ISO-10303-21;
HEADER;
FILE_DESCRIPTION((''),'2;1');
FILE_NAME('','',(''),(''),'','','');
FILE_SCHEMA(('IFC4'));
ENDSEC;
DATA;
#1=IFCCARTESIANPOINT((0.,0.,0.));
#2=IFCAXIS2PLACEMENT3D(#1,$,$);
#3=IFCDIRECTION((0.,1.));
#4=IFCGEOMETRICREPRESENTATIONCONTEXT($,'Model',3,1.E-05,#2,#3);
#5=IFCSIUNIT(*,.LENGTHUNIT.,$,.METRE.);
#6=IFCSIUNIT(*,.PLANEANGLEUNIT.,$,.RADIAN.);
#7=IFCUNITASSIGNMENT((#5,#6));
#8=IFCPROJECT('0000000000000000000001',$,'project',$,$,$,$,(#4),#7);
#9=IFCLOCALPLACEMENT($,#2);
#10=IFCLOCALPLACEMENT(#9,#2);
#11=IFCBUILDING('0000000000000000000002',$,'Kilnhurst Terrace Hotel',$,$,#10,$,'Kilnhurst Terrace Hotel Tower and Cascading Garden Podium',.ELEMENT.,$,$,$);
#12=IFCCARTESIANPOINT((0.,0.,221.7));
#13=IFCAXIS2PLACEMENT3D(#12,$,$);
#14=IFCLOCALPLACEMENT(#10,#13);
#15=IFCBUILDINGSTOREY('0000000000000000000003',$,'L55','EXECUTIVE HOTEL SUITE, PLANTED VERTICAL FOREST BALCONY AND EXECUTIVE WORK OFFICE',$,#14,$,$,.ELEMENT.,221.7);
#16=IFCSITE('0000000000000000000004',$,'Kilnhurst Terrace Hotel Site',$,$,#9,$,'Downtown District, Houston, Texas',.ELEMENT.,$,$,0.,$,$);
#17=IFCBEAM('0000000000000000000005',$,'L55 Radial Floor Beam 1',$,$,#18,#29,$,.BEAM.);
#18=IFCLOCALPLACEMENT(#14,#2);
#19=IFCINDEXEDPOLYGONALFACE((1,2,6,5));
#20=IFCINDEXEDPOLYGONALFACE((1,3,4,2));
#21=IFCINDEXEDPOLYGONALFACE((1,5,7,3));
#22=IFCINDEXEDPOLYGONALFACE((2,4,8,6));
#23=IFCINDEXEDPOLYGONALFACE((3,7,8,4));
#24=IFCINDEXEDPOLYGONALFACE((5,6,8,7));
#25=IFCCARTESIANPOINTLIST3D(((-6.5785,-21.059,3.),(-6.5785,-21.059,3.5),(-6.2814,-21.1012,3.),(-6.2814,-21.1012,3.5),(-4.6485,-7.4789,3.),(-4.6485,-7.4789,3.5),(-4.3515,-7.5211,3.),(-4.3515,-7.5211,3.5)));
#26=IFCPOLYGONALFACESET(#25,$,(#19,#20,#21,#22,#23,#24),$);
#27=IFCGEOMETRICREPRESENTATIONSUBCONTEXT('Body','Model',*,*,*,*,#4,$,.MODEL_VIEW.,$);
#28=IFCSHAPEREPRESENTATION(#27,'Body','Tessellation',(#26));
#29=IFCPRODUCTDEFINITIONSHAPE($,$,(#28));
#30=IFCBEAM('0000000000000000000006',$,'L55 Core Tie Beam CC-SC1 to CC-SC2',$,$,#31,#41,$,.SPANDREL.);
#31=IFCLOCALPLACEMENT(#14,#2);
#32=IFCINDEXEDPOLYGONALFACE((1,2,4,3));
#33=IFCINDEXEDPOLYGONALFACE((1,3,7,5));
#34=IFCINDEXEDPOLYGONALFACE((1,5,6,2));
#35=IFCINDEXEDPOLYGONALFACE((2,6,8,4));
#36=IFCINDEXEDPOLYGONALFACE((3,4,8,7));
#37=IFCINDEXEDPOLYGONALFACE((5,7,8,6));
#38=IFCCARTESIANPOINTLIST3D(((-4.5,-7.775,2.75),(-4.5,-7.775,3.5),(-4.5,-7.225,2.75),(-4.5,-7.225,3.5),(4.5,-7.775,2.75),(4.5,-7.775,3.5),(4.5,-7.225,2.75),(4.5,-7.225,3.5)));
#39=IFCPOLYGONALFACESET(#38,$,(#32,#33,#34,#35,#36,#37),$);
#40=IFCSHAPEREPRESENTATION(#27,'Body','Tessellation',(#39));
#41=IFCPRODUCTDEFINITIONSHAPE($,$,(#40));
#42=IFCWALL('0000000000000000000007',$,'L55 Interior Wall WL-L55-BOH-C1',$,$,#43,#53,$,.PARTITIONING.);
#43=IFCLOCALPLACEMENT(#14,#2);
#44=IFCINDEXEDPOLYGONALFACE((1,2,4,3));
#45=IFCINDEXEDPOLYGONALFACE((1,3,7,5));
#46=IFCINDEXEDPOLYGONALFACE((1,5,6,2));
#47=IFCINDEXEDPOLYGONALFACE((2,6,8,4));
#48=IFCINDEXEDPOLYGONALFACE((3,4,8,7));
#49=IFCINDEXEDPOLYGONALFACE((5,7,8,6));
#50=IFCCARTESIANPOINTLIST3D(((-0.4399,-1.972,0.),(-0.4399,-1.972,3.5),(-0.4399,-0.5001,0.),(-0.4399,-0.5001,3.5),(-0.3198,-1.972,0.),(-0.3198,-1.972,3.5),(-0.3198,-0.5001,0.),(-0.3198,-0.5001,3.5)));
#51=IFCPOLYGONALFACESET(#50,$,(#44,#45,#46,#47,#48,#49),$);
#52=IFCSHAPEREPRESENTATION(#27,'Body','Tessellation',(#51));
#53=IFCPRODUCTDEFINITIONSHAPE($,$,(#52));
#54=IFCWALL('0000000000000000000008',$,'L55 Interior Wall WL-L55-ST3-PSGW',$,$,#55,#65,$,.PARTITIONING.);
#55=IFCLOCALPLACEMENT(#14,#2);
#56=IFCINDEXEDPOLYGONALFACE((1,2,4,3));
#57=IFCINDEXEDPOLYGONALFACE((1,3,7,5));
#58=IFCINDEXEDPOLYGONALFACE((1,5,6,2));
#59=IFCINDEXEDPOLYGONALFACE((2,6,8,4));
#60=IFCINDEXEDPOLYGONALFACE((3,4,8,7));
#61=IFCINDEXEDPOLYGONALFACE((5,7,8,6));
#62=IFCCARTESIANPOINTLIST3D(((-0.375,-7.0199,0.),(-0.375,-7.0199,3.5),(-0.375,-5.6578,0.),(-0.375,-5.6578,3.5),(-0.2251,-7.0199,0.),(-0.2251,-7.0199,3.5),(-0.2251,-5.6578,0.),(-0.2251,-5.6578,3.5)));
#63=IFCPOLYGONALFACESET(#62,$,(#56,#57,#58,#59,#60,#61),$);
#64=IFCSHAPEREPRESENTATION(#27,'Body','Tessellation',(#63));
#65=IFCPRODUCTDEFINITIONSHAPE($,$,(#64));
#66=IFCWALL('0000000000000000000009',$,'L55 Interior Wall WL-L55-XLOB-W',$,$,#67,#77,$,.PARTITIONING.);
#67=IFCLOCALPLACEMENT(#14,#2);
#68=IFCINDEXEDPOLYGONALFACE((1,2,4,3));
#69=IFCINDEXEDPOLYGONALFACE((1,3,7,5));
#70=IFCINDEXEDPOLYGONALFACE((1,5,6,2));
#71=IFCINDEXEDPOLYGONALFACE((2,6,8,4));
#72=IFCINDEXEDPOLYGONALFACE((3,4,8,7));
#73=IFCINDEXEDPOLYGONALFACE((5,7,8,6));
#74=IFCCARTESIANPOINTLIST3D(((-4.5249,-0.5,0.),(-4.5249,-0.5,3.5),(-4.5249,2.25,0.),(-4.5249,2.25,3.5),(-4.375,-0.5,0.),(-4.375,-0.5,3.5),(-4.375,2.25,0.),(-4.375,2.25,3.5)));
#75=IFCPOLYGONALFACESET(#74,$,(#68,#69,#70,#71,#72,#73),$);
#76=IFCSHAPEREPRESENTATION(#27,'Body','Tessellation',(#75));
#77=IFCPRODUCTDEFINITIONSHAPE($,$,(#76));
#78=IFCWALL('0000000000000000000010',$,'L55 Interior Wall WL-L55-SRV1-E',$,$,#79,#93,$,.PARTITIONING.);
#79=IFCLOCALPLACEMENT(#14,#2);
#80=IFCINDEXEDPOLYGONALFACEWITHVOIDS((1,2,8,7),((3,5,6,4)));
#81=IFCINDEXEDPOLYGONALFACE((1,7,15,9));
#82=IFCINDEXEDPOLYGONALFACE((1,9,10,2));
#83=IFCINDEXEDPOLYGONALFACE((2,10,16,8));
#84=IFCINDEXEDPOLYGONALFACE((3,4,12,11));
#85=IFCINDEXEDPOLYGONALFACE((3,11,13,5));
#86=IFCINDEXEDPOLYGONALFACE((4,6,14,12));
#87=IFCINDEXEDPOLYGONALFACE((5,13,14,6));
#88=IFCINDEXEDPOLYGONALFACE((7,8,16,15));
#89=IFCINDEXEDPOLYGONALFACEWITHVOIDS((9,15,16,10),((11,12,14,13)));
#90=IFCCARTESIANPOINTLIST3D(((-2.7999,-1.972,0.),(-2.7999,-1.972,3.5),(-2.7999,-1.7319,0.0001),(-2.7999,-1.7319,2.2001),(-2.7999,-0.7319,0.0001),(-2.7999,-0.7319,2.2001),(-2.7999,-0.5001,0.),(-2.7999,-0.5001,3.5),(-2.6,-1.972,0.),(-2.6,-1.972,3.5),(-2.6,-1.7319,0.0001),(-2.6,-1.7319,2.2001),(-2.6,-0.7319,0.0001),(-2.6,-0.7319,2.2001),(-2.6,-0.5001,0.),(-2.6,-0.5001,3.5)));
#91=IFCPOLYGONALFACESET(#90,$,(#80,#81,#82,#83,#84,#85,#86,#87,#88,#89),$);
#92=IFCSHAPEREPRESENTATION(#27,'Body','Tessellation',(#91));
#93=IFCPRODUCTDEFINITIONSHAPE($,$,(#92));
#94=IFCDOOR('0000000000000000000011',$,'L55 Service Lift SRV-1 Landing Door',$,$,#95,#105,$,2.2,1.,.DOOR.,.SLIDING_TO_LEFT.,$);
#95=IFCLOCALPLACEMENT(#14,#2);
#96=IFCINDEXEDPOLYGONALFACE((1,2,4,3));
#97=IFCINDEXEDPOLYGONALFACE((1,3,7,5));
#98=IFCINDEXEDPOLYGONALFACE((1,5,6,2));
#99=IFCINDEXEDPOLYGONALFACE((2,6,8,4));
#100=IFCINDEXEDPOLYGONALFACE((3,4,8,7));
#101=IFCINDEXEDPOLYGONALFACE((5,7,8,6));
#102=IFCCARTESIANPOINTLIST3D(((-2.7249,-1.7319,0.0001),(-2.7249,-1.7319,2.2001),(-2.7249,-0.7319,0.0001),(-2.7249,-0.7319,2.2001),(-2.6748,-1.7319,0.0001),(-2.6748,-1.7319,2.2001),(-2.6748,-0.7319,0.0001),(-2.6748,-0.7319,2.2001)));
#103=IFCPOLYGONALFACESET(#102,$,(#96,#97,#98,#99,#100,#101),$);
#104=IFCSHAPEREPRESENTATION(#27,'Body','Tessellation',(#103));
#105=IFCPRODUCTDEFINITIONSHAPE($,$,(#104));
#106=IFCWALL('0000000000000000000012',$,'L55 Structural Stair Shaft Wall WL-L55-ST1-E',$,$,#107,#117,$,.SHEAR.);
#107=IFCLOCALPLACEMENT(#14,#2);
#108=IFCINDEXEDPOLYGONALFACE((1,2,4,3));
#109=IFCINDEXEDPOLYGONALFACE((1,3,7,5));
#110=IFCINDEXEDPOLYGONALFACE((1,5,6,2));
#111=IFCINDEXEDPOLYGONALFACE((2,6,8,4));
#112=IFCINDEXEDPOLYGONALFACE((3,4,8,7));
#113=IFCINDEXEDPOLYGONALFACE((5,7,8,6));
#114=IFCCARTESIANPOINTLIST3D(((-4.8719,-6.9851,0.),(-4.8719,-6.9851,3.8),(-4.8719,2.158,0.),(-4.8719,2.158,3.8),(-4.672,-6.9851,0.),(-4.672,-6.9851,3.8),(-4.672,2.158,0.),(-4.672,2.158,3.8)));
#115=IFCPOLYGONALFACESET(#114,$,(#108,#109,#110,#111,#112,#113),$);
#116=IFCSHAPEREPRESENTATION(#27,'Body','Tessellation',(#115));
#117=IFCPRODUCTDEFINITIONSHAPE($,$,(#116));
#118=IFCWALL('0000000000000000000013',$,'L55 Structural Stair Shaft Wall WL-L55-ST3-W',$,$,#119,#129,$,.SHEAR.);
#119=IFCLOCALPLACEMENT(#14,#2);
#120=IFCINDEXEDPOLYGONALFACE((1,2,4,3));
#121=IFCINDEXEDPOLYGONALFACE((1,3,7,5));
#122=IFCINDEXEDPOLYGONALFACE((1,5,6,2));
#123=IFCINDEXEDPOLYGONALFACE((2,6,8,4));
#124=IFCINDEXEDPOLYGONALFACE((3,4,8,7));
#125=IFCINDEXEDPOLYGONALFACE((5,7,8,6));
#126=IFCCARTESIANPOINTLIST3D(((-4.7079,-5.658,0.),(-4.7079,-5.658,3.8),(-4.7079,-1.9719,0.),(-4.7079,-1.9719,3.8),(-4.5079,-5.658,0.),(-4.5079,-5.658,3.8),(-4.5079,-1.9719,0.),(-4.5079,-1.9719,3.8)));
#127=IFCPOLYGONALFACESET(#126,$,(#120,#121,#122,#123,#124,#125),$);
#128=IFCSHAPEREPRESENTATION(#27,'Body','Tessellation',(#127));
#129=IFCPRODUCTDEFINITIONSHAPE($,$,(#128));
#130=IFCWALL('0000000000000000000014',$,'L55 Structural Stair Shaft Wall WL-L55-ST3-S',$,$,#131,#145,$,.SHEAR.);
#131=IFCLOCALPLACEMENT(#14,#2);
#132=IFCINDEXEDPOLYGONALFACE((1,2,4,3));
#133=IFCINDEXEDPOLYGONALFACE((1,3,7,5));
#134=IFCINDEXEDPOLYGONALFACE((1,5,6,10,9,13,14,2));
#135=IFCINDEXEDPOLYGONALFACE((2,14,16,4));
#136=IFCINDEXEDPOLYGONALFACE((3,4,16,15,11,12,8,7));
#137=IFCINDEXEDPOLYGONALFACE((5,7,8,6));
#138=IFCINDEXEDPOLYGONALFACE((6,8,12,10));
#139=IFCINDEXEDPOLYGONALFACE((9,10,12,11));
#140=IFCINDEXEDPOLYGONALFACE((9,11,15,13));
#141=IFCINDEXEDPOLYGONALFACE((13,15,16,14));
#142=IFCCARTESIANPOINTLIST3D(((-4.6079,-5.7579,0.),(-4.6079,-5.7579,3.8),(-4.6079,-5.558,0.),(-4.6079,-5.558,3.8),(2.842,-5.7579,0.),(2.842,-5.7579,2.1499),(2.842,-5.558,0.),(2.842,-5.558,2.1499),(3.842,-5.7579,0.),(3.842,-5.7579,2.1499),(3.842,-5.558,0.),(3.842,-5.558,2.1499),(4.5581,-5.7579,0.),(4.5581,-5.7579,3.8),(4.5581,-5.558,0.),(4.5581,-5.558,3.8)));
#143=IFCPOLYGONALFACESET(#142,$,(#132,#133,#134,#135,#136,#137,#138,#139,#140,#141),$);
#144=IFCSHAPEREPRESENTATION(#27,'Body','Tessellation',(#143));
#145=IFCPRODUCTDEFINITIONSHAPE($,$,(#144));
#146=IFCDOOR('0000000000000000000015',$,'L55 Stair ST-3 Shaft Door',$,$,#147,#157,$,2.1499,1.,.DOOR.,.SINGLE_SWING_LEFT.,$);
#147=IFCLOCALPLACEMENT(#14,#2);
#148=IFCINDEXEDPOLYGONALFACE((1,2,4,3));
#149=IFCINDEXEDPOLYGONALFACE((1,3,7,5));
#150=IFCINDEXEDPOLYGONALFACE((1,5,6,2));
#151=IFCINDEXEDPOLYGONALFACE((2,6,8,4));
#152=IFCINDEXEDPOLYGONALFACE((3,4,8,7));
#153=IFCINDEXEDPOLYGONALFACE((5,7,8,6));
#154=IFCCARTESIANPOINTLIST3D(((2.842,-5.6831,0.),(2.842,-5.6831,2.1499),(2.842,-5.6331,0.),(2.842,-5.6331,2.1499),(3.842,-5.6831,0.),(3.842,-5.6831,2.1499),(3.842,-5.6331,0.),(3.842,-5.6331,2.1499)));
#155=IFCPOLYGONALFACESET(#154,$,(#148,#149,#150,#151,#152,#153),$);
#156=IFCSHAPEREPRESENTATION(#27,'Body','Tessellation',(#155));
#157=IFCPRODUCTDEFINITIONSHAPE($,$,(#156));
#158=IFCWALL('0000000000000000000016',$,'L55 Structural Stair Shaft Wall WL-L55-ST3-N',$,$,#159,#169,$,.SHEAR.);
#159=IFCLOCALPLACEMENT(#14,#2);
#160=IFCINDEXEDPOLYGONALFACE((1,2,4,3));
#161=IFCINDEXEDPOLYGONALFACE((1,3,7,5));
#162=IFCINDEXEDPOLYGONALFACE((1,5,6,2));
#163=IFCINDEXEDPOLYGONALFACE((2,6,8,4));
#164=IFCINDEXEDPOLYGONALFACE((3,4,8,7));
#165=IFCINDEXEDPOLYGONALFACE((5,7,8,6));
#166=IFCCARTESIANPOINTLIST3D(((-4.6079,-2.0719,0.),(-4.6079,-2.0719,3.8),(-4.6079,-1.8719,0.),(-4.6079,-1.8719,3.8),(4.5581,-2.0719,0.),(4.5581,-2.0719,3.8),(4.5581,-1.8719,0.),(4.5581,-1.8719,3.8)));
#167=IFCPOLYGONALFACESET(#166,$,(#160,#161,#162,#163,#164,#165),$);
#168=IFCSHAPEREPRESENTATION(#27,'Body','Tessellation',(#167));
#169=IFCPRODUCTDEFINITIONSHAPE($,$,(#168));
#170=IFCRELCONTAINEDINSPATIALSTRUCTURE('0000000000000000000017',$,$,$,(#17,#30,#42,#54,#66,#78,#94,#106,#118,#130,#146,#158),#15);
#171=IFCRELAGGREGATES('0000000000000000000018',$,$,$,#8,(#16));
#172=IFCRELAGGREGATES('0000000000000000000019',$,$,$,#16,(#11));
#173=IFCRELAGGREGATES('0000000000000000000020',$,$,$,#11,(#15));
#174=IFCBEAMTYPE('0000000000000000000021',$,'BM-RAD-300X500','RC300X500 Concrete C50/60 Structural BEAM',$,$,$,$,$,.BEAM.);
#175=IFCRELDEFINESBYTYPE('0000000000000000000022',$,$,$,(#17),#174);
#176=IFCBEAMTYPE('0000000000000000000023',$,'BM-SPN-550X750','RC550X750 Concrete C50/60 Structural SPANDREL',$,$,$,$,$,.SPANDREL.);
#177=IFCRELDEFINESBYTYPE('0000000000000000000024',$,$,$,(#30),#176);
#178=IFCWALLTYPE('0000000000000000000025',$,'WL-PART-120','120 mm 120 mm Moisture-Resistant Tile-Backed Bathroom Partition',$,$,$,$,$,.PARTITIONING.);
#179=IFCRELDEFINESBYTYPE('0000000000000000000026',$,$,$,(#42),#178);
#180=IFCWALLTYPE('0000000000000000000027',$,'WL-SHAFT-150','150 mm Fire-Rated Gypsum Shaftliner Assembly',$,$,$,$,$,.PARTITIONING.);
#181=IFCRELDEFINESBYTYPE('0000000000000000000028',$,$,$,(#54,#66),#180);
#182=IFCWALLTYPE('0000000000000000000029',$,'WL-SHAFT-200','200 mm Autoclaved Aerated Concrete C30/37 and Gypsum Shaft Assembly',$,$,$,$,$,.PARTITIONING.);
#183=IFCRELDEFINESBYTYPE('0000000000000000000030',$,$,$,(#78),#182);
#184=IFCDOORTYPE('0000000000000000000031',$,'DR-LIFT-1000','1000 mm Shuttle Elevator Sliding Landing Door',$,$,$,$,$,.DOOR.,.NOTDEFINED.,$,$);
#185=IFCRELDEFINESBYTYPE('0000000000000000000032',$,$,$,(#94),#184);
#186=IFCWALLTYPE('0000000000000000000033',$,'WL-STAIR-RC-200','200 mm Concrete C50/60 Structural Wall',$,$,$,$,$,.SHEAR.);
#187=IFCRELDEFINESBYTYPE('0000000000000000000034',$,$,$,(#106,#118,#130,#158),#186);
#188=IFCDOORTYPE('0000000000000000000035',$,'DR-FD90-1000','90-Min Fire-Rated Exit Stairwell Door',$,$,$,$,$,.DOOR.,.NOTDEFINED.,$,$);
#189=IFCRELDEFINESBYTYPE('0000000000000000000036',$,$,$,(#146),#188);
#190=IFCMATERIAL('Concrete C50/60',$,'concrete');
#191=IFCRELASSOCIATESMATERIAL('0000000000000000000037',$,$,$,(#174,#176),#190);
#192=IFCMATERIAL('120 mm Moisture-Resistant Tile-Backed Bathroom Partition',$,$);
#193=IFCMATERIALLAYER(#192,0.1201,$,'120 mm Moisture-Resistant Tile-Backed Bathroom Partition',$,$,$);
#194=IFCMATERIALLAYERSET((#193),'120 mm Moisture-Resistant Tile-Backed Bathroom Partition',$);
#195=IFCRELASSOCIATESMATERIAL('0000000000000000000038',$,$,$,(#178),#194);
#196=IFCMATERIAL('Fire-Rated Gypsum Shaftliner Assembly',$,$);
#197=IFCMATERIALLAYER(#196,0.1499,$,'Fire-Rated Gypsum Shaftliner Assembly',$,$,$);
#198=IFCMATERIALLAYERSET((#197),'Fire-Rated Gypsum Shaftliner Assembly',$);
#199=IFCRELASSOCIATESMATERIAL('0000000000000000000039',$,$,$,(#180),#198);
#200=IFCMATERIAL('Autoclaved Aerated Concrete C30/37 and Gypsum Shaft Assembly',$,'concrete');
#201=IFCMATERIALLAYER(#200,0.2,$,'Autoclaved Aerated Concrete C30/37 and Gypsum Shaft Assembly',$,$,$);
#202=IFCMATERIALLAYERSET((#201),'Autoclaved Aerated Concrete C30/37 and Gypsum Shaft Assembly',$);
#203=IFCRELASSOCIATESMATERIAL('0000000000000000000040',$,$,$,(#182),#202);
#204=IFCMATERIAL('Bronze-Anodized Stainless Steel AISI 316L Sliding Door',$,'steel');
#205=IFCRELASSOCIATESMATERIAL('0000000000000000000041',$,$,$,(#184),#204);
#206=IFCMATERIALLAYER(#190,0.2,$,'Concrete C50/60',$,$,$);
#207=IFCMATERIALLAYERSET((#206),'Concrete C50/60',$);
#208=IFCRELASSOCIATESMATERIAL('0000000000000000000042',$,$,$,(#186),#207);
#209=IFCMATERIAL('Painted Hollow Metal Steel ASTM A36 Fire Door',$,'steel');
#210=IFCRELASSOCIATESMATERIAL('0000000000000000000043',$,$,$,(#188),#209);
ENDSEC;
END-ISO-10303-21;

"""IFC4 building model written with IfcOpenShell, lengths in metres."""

from ifc_helpers import new_model, si_unit, direction, frame, frame_2d, origin, origin_2d, place, context, subcontext, project, spatial, rectangle, extrude, material, layer, layer_set, material_profile, profile_set, type_object, element, fill, save


model = new_model("IFC4")

# Units and contexts
model_context = context("Model", 3, precision=1e-05, world=origin(), true_north=direction((0.0, 1.0)))
body_context = subcontext(model_context, "Body", "Model", "MODEL_VIEW")
ifc_project = project(units=[si_unit("LENGTHUNIT", "METRE"), si_unit("PLANEANGLEUNIT", "RADIAN")], contexts=[model_context])

# Site, building, storey
site_placement = place(None, origin())
site = spatial("IfcSite", under=ifc_project, at=site_placement, Name="Kilnhurst Terrace Hotel Site", LongName="Downtown District, Houston, Texas", CompositionType="ELEMENT", RefElevation=0.0)
building_placement = place(site_placement, origin())
building = spatial("IfcBuilding", under=site, at=building_placement, Name="Kilnhurst Terrace Hotel", LongName="Kilnhurst Terrace Hotel Tower and Cascading Garden Podium", CompositionType="ELEMENT")
storey_placement = place(building_placement, frame((0.0, 0.0, 221.7)))
storey = spatial("IfcBuildingStorey", under=building, at=storey_placement, Name="L55", Description="EXECUTIVE HOTEL SUITE, PLANTED VERTICAL FOREST BALCONY AND EXECUTIVE WORK OFFICE", CompositionType="ELEMENT", Elevation=221.7)

# Beams
ifc_material_1 = material(Name="Concrete C50/60", Category="concrete")
ifc_material_profile_1 = material_profile(ifc_material_1, rectangle(XDim=0.3, YDim=0.5, at=origin_2d()), Name="RC300X500")
ifc_profile_set_1 = profile_set([ifc_material_profile_1], Name="Concrete C50/60")
beam_type_1 = type_object("IfcBeamType", Name="BM-RAD-300X500", Description="RC300X500 Concrete C50/60 Structural BEAM", PredefinedType="BEAM", material=ifc_profile_set_1)
beam_1_placement = place(storey_placement, frame((-4.5, -7.5, 3.25), z_axis=(-0.140701, -0.990052, 0.0), x_axis=(0.990052, -0.140701, 0.0)))
element("IfcBeam", 1, at=beam_1_placement, inside=storey, type_object=beam_type_1, Name="L55 Radial Floor Beam 1", PredefinedType="BEAM", context=body_context, shape_type="SweptSolid", body=[
    extrude(rectangle(XDim=0.3, YDim=0.5, at=origin_2d()), origin(), (0.0, 0.0, 1.0), 13.7166),
])
ifc_material_profile_2 = material_profile(ifc_material_1, rectangle(XDim=0.55, YDim=0.75, at=origin_2d()), Name="RC550X750")
ifc_profile_set_2 = profile_set([ifc_material_profile_2], Name="Concrete C50/60")
beam_type_2 = type_object("IfcBeamType", Name="BM-SPN-550X750", Description="RC550X750 Concrete C50/60 Structural SPANDREL", PredefinedType="SPANDREL", material=ifc_profile_set_2)
beam_2_placement = place(storey_placement, frame((-4.5, -7.5, 3.125), z_axis=(1.0, 0.0, 0.0), x_axis=(0.0, 1.0, 0.0)))
element("IfcBeam", 2, at=beam_2_placement, inside=storey, type_object=beam_type_2, Name="L55 Core Tie Beam CC-SC1 to CC-SC2", PredefinedType="SPANDREL", context=body_context, shape_type="SweptSolid", body=[
    extrude(rectangle(XDim=0.55, YDim=0.75, at=origin_2d()), origin(), (0.0, 0.0, 1.0), 9.0),
])

# Walls
ifc_material_2 = material(Name="120 mm Moisture-Resistant Tile-Backed Bathroom Partition")
ifc_layer_1 = layer(ifc_material_2, 0.1201, Name="120 mm Moisture-Resistant Tile-Backed Bathroom Partition")
ifc_layer_set_1 = layer_set([ifc_layer_1], Name="120 mm Moisture-Resistant Tile-Backed Bathroom Partition")
wall_type_1 = type_object("IfcWallType", Name="WL-PART-120", Description="120 mm 120 mm Moisture-Resistant Tile-Backed Bathroom Partition", PredefinedType="PARTITIONING", material=ifc_layer_set_1)
wall_1_placement = place(storey_placement, frame((-0.3799, -1.9719, 0.0), z_axis=(0.0, 0.0, 1.0), x_axis=(0.0, 1.0, 0.0)))
element("IfcWall", 3, at=wall_1_placement, inside=storey, type_object=wall_type_1, Name="L55 Interior Wall WL-L55-BOH-C1", PredefinedType="PARTITIONING", context=body_context, shape_type="SweptSolid", body=[
    extrude(rectangle(XDim=1.4719, YDim=0.1201, at=frame_2d((0.7358, 0.0))), origin(), (0.0, 0.0, 1.0), 3.5),
])
ifc_material_3 = material(Name="Fire-Rated Gypsum Shaftliner Assembly")
ifc_layer_2 = layer(ifc_material_3, 0.1499, Name="Fire-Rated Gypsum Shaftliner Assembly")
ifc_layer_set_2 = layer_set([ifc_layer_2], Name="Fire-Rated Gypsum Shaftliner Assembly")
wall_type_2 = type_object("IfcWallType", Name="WL-SHAFT-150", Description="150 mm Fire-Rated Gypsum Shaftliner Assembly", PredefinedType="PARTITIONING", material=ifc_layer_set_2)
wall_2_placement = place(storey_placement, frame((-0.3, -7.02, 0.0), z_axis=(0.0, 0.0, 1.0), x_axis=(0.0, 1.0, 0.0)))
element("IfcWall", 4, at=wall_2_placement, inside=storey, type_object=wall_type_2, Name="L55 Interior Wall WL-L55-ST3-PSGW", PredefinedType="PARTITIONING", context=body_context, shape_type="SweptSolid", body=[
    extrude(rectangle(XDim=1.3621, YDim=0.1499, at=frame_2d((0.6812, 0.0))), origin(), (0.0, 0.0, 1.0), 3.5),
])
wall_3_placement = place(storey_placement, frame((-4.45, -0.5, 0.0), z_axis=(0.0, 0.0, 1.0), x_axis=(0.0, 1.0, 0.0)))
element("IfcWall", 5, at=wall_3_placement, inside=storey, type_object=wall_type_2, Name="L55 Interior Wall WL-L55-XLOB-W", PredefinedType="PARTITIONING", context=body_context, shape_type="SweptSolid", body=[
    extrude(rectangle(XDim=2.75, YDim=0.1499, at=frame_2d((1.375, 0.0))), origin(), (0.0, 0.0, 1.0), 3.5),
])

# Wall, opening, door
ifc_material_4 = material(Name="Autoclaved Aerated Concrete C30/37 and Gypsum Shaft Assembly", Category="concrete")
ifc_layer_3 = layer(ifc_material_4, 0.2, Name="Autoclaved Aerated Concrete C30/37 and Gypsum Shaft Assembly")
ifc_layer_set_3 = layer_set([ifc_layer_3], Name="Autoclaved Aerated Concrete C30/37 and Gypsum Shaft Assembly")
wall_type_3 = type_object("IfcWallType", Name="WL-SHAFT-200", Description="200 mm Autoclaved Aerated Concrete C30/37 and Gypsum Shaft Assembly", PredefinedType="PARTITIONING", material=ifc_layer_set_3)
wall_4_placement = place(storey_placement, frame((-2.7, -1.9719, 0.0), z_axis=(0.0, 0.0, 1.0), x_axis=(0.0, 1.0, 0.0)))
wall_4 = element("IfcWall", 6, at=wall_4_placement, inside=storey, type_object=wall_type_3, Name="L55 Interior Wall WL-L55-SRV1-E", PredefinedType="PARTITIONING", context=body_context, shape_type="SweptSolid", body=[
    extrude(rectangle(XDim=1.4719, YDim=0.2, at=frame_2d((0.7358, 0.0))), origin(), (0.0, 0.0, 1.0), 3.5),
])
opening_1_placement = place(wall_4_placement, frame((0.24, 0.0, 0.0)))
opening_1 = element("IfcOpeningElement", 7, at=opening_1_placement, cuts=wall_4, PredefinedType="OPENING", context=body_context, shape_type="SweptSolid", body=[
    extrude(rectangle(XDim=1.0, YDim=2.2, at=frame_2d((0.5, 1.1001))), frame((0.0, 0.1099, 0.0), z_axis=(0.0, -1.0, 0.0), x_axis=(1.0, 0.0, 0.0)), (0.0, 0.0, 1.0), 0.22),
])
ifc_material_5 = material(Name="Bronze-Anodized Stainless Steel AISI 316L Sliding Door", Category="steel")
door_type_1 = type_object("IfcDoorType", Name="DR-LIFT-1000", Description="1000 mm Shuttle Elevator Sliding Landing Door", OperationType="NOTDEFINED", PredefinedType="DOOR", material=ifc_material_5)
door_1_placement = place(opening_1_placement, origin())
door_1 = element("IfcDoor", 8, at=door_1_placement, inside=storey, type_object=door_type_1, Name="L55 Service Lift SRV-1 Landing Door", OperationType="SLIDING_TO_LEFT", OverallHeight=2.2, OverallWidth=1.0, PredefinedType="DOOR", context=body_context, shape_type="SweptSolid", body=[
    extrude(rectangle(XDim=1.0, YDim=2.2, at=frame_2d((0.5, 1.1001))), frame((0.0, 0.0249, 0.0), z_axis=(0.0, -1.0, 0.0), x_axis=(1.0, 0.0, 0.0)), (0.0, 0.0, 1.0), 0.05),
])
fill(opening_1, door_1)

# Walls
ifc_layer_4 = layer(ifc_material_1, 0.2, Name="Concrete C50/60")
ifc_layer_set_4 = layer_set([ifc_layer_4], Name="Concrete C50/60")
wall_type_4 = type_object("IfcWallType", Name="WL-STAIR-RC-200", Description="200 mm Concrete C50/60 Structural Wall", PredefinedType="SHEAR", material=ifc_layer_set_4)
wall_5_placement = place(storey_placement, frame((-4.772, -6.9851, 0.0), z_axis=(0.0, 0.0, 1.0), x_axis=(0.0, 1.0, 0.0)))
element("IfcWall", 9, at=wall_5_placement, inside=storey, type_object=wall_type_4, Name="L55 Structural Stair Shaft Wall WL-L55-ST1-E", PredefinedType="SHEAR", context=body_context, shape_type="SweptSolid", body=[
    extrude(rectangle(XDim=9.1431, YDim=0.2, at=frame_2d((4.5715, 0.0))), origin(), (0.0, 0.0, 1.0), 3.8),
])
wall_6_placement = place(storey_placement, frame((-4.6079, -5.658, 0.0), z_axis=(0.0, 0.0, 1.0), x_axis=(0.0, 1.0, 0.0)))
element("IfcWall", 10, at=wall_6_placement, inside=storey, type_object=wall_type_4, Name="L55 Structural Stair Shaft Wall WL-L55-ST3-W", PredefinedType="SHEAR", context=body_context, shape_type="SweptSolid", body=[
    extrude(rectangle(XDim=3.686, YDim=0.2, at=frame_2d((1.843, 0.0))), origin(), (0.0, 0.0, 1.0), 3.8),
])

# Wall, opening, door
wall_7_placement = place(storey_placement, frame((-4.6079, -5.658, 0.0), z_axis=(0.0, 0.0, 1.0), x_axis=(1.0, 0.0, 0.0)))
wall_7 = element("IfcWall", 11, at=wall_7_placement, inside=storey, type_object=wall_type_4, Name="L55 Structural Stair Shaft Wall WL-L55-ST3-S", PredefinedType="SHEAR", context=body_context, shape_type="SweptSolid", body=[
    extrude(rectangle(XDim=9.166, YDim=0.2, at=frame_2d((4.583, 0.0))), origin(), (0.0, 0.0, 1.0), 3.8),
])
opening_2_placement = place(wall_7_placement, frame((7.45, 0.0, 0.0)))
opening_2 = element("IfcOpeningElement", 12, at=opening_2_placement, cuts=wall_7, PredefinedType="OPENING", context=body_context, shape_type="SweptSolid", body=[
    extrude(rectangle(XDim=1.0, YDim=2.1499, at=frame_2d((0.5, 1.075))), frame((0.0, 0.1099, 0.0), z_axis=(0.0, -1.0, 0.0), x_axis=(1.0, 0.0, 0.0)), (0.0, 0.0, 1.0), 0.22),
])
ifc_material_6 = material(Name="Painted Hollow Metal Steel ASTM A36 Fire Door", Category="steel")
door_type_2 = type_object("IfcDoorType", Name="DR-FD90-1000", Description="90-Min Fire-Rated Exit Stairwell Door", OperationType="NOTDEFINED", PredefinedType="DOOR", material=ifc_material_6)
door_2_placement = place(opening_2_placement, origin())
door_2 = element("IfcDoor", 13, at=door_2_placement, inside=storey, type_object=door_type_2, Name="L55 Stair ST-3 Shaft Door", OperationType="SINGLE_SWING_LEFT", OverallHeight=2.1499, OverallWidth=1.0, PredefinedType="DOOR", context=body_context, shape_type="SweptSolid", body=[
    extrude(rectangle(XDim=1.0, YDim=2.1499, at=frame_2d((0.5, 1.075))), frame((0.0, 0.0249, 0.0), z_axis=(0.0, -1.0, 0.0), x_axis=(1.0, 0.0, 0.0)), (0.0, 0.0, 1.0), 0.05),
])
fill(opening_2, door_2)

# Wall
wall_8_placement = place(storey_placement, frame((-4.6079, -1.9719, 0.0), z_axis=(0.0, 0.0, 1.0), x_axis=(1.0, 0.0, 0.0)))
element("IfcWall", 14, at=wall_8_placement, inside=storey, type_object=wall_type_4, Name="L55 Structural Stair Shaft Wall WL-L55-ST3-N", PredefinedType="SHEAR", context=body_context, shape_type="SweptSolid", body=[
    extrude(rectangle(XDim=9.166, YDim=0.2, at=frame_2d((4.583, 0.0))), origin(), (0.0, 0.0, 1.0), 3.8),
])

save(model, "model.ifc")
